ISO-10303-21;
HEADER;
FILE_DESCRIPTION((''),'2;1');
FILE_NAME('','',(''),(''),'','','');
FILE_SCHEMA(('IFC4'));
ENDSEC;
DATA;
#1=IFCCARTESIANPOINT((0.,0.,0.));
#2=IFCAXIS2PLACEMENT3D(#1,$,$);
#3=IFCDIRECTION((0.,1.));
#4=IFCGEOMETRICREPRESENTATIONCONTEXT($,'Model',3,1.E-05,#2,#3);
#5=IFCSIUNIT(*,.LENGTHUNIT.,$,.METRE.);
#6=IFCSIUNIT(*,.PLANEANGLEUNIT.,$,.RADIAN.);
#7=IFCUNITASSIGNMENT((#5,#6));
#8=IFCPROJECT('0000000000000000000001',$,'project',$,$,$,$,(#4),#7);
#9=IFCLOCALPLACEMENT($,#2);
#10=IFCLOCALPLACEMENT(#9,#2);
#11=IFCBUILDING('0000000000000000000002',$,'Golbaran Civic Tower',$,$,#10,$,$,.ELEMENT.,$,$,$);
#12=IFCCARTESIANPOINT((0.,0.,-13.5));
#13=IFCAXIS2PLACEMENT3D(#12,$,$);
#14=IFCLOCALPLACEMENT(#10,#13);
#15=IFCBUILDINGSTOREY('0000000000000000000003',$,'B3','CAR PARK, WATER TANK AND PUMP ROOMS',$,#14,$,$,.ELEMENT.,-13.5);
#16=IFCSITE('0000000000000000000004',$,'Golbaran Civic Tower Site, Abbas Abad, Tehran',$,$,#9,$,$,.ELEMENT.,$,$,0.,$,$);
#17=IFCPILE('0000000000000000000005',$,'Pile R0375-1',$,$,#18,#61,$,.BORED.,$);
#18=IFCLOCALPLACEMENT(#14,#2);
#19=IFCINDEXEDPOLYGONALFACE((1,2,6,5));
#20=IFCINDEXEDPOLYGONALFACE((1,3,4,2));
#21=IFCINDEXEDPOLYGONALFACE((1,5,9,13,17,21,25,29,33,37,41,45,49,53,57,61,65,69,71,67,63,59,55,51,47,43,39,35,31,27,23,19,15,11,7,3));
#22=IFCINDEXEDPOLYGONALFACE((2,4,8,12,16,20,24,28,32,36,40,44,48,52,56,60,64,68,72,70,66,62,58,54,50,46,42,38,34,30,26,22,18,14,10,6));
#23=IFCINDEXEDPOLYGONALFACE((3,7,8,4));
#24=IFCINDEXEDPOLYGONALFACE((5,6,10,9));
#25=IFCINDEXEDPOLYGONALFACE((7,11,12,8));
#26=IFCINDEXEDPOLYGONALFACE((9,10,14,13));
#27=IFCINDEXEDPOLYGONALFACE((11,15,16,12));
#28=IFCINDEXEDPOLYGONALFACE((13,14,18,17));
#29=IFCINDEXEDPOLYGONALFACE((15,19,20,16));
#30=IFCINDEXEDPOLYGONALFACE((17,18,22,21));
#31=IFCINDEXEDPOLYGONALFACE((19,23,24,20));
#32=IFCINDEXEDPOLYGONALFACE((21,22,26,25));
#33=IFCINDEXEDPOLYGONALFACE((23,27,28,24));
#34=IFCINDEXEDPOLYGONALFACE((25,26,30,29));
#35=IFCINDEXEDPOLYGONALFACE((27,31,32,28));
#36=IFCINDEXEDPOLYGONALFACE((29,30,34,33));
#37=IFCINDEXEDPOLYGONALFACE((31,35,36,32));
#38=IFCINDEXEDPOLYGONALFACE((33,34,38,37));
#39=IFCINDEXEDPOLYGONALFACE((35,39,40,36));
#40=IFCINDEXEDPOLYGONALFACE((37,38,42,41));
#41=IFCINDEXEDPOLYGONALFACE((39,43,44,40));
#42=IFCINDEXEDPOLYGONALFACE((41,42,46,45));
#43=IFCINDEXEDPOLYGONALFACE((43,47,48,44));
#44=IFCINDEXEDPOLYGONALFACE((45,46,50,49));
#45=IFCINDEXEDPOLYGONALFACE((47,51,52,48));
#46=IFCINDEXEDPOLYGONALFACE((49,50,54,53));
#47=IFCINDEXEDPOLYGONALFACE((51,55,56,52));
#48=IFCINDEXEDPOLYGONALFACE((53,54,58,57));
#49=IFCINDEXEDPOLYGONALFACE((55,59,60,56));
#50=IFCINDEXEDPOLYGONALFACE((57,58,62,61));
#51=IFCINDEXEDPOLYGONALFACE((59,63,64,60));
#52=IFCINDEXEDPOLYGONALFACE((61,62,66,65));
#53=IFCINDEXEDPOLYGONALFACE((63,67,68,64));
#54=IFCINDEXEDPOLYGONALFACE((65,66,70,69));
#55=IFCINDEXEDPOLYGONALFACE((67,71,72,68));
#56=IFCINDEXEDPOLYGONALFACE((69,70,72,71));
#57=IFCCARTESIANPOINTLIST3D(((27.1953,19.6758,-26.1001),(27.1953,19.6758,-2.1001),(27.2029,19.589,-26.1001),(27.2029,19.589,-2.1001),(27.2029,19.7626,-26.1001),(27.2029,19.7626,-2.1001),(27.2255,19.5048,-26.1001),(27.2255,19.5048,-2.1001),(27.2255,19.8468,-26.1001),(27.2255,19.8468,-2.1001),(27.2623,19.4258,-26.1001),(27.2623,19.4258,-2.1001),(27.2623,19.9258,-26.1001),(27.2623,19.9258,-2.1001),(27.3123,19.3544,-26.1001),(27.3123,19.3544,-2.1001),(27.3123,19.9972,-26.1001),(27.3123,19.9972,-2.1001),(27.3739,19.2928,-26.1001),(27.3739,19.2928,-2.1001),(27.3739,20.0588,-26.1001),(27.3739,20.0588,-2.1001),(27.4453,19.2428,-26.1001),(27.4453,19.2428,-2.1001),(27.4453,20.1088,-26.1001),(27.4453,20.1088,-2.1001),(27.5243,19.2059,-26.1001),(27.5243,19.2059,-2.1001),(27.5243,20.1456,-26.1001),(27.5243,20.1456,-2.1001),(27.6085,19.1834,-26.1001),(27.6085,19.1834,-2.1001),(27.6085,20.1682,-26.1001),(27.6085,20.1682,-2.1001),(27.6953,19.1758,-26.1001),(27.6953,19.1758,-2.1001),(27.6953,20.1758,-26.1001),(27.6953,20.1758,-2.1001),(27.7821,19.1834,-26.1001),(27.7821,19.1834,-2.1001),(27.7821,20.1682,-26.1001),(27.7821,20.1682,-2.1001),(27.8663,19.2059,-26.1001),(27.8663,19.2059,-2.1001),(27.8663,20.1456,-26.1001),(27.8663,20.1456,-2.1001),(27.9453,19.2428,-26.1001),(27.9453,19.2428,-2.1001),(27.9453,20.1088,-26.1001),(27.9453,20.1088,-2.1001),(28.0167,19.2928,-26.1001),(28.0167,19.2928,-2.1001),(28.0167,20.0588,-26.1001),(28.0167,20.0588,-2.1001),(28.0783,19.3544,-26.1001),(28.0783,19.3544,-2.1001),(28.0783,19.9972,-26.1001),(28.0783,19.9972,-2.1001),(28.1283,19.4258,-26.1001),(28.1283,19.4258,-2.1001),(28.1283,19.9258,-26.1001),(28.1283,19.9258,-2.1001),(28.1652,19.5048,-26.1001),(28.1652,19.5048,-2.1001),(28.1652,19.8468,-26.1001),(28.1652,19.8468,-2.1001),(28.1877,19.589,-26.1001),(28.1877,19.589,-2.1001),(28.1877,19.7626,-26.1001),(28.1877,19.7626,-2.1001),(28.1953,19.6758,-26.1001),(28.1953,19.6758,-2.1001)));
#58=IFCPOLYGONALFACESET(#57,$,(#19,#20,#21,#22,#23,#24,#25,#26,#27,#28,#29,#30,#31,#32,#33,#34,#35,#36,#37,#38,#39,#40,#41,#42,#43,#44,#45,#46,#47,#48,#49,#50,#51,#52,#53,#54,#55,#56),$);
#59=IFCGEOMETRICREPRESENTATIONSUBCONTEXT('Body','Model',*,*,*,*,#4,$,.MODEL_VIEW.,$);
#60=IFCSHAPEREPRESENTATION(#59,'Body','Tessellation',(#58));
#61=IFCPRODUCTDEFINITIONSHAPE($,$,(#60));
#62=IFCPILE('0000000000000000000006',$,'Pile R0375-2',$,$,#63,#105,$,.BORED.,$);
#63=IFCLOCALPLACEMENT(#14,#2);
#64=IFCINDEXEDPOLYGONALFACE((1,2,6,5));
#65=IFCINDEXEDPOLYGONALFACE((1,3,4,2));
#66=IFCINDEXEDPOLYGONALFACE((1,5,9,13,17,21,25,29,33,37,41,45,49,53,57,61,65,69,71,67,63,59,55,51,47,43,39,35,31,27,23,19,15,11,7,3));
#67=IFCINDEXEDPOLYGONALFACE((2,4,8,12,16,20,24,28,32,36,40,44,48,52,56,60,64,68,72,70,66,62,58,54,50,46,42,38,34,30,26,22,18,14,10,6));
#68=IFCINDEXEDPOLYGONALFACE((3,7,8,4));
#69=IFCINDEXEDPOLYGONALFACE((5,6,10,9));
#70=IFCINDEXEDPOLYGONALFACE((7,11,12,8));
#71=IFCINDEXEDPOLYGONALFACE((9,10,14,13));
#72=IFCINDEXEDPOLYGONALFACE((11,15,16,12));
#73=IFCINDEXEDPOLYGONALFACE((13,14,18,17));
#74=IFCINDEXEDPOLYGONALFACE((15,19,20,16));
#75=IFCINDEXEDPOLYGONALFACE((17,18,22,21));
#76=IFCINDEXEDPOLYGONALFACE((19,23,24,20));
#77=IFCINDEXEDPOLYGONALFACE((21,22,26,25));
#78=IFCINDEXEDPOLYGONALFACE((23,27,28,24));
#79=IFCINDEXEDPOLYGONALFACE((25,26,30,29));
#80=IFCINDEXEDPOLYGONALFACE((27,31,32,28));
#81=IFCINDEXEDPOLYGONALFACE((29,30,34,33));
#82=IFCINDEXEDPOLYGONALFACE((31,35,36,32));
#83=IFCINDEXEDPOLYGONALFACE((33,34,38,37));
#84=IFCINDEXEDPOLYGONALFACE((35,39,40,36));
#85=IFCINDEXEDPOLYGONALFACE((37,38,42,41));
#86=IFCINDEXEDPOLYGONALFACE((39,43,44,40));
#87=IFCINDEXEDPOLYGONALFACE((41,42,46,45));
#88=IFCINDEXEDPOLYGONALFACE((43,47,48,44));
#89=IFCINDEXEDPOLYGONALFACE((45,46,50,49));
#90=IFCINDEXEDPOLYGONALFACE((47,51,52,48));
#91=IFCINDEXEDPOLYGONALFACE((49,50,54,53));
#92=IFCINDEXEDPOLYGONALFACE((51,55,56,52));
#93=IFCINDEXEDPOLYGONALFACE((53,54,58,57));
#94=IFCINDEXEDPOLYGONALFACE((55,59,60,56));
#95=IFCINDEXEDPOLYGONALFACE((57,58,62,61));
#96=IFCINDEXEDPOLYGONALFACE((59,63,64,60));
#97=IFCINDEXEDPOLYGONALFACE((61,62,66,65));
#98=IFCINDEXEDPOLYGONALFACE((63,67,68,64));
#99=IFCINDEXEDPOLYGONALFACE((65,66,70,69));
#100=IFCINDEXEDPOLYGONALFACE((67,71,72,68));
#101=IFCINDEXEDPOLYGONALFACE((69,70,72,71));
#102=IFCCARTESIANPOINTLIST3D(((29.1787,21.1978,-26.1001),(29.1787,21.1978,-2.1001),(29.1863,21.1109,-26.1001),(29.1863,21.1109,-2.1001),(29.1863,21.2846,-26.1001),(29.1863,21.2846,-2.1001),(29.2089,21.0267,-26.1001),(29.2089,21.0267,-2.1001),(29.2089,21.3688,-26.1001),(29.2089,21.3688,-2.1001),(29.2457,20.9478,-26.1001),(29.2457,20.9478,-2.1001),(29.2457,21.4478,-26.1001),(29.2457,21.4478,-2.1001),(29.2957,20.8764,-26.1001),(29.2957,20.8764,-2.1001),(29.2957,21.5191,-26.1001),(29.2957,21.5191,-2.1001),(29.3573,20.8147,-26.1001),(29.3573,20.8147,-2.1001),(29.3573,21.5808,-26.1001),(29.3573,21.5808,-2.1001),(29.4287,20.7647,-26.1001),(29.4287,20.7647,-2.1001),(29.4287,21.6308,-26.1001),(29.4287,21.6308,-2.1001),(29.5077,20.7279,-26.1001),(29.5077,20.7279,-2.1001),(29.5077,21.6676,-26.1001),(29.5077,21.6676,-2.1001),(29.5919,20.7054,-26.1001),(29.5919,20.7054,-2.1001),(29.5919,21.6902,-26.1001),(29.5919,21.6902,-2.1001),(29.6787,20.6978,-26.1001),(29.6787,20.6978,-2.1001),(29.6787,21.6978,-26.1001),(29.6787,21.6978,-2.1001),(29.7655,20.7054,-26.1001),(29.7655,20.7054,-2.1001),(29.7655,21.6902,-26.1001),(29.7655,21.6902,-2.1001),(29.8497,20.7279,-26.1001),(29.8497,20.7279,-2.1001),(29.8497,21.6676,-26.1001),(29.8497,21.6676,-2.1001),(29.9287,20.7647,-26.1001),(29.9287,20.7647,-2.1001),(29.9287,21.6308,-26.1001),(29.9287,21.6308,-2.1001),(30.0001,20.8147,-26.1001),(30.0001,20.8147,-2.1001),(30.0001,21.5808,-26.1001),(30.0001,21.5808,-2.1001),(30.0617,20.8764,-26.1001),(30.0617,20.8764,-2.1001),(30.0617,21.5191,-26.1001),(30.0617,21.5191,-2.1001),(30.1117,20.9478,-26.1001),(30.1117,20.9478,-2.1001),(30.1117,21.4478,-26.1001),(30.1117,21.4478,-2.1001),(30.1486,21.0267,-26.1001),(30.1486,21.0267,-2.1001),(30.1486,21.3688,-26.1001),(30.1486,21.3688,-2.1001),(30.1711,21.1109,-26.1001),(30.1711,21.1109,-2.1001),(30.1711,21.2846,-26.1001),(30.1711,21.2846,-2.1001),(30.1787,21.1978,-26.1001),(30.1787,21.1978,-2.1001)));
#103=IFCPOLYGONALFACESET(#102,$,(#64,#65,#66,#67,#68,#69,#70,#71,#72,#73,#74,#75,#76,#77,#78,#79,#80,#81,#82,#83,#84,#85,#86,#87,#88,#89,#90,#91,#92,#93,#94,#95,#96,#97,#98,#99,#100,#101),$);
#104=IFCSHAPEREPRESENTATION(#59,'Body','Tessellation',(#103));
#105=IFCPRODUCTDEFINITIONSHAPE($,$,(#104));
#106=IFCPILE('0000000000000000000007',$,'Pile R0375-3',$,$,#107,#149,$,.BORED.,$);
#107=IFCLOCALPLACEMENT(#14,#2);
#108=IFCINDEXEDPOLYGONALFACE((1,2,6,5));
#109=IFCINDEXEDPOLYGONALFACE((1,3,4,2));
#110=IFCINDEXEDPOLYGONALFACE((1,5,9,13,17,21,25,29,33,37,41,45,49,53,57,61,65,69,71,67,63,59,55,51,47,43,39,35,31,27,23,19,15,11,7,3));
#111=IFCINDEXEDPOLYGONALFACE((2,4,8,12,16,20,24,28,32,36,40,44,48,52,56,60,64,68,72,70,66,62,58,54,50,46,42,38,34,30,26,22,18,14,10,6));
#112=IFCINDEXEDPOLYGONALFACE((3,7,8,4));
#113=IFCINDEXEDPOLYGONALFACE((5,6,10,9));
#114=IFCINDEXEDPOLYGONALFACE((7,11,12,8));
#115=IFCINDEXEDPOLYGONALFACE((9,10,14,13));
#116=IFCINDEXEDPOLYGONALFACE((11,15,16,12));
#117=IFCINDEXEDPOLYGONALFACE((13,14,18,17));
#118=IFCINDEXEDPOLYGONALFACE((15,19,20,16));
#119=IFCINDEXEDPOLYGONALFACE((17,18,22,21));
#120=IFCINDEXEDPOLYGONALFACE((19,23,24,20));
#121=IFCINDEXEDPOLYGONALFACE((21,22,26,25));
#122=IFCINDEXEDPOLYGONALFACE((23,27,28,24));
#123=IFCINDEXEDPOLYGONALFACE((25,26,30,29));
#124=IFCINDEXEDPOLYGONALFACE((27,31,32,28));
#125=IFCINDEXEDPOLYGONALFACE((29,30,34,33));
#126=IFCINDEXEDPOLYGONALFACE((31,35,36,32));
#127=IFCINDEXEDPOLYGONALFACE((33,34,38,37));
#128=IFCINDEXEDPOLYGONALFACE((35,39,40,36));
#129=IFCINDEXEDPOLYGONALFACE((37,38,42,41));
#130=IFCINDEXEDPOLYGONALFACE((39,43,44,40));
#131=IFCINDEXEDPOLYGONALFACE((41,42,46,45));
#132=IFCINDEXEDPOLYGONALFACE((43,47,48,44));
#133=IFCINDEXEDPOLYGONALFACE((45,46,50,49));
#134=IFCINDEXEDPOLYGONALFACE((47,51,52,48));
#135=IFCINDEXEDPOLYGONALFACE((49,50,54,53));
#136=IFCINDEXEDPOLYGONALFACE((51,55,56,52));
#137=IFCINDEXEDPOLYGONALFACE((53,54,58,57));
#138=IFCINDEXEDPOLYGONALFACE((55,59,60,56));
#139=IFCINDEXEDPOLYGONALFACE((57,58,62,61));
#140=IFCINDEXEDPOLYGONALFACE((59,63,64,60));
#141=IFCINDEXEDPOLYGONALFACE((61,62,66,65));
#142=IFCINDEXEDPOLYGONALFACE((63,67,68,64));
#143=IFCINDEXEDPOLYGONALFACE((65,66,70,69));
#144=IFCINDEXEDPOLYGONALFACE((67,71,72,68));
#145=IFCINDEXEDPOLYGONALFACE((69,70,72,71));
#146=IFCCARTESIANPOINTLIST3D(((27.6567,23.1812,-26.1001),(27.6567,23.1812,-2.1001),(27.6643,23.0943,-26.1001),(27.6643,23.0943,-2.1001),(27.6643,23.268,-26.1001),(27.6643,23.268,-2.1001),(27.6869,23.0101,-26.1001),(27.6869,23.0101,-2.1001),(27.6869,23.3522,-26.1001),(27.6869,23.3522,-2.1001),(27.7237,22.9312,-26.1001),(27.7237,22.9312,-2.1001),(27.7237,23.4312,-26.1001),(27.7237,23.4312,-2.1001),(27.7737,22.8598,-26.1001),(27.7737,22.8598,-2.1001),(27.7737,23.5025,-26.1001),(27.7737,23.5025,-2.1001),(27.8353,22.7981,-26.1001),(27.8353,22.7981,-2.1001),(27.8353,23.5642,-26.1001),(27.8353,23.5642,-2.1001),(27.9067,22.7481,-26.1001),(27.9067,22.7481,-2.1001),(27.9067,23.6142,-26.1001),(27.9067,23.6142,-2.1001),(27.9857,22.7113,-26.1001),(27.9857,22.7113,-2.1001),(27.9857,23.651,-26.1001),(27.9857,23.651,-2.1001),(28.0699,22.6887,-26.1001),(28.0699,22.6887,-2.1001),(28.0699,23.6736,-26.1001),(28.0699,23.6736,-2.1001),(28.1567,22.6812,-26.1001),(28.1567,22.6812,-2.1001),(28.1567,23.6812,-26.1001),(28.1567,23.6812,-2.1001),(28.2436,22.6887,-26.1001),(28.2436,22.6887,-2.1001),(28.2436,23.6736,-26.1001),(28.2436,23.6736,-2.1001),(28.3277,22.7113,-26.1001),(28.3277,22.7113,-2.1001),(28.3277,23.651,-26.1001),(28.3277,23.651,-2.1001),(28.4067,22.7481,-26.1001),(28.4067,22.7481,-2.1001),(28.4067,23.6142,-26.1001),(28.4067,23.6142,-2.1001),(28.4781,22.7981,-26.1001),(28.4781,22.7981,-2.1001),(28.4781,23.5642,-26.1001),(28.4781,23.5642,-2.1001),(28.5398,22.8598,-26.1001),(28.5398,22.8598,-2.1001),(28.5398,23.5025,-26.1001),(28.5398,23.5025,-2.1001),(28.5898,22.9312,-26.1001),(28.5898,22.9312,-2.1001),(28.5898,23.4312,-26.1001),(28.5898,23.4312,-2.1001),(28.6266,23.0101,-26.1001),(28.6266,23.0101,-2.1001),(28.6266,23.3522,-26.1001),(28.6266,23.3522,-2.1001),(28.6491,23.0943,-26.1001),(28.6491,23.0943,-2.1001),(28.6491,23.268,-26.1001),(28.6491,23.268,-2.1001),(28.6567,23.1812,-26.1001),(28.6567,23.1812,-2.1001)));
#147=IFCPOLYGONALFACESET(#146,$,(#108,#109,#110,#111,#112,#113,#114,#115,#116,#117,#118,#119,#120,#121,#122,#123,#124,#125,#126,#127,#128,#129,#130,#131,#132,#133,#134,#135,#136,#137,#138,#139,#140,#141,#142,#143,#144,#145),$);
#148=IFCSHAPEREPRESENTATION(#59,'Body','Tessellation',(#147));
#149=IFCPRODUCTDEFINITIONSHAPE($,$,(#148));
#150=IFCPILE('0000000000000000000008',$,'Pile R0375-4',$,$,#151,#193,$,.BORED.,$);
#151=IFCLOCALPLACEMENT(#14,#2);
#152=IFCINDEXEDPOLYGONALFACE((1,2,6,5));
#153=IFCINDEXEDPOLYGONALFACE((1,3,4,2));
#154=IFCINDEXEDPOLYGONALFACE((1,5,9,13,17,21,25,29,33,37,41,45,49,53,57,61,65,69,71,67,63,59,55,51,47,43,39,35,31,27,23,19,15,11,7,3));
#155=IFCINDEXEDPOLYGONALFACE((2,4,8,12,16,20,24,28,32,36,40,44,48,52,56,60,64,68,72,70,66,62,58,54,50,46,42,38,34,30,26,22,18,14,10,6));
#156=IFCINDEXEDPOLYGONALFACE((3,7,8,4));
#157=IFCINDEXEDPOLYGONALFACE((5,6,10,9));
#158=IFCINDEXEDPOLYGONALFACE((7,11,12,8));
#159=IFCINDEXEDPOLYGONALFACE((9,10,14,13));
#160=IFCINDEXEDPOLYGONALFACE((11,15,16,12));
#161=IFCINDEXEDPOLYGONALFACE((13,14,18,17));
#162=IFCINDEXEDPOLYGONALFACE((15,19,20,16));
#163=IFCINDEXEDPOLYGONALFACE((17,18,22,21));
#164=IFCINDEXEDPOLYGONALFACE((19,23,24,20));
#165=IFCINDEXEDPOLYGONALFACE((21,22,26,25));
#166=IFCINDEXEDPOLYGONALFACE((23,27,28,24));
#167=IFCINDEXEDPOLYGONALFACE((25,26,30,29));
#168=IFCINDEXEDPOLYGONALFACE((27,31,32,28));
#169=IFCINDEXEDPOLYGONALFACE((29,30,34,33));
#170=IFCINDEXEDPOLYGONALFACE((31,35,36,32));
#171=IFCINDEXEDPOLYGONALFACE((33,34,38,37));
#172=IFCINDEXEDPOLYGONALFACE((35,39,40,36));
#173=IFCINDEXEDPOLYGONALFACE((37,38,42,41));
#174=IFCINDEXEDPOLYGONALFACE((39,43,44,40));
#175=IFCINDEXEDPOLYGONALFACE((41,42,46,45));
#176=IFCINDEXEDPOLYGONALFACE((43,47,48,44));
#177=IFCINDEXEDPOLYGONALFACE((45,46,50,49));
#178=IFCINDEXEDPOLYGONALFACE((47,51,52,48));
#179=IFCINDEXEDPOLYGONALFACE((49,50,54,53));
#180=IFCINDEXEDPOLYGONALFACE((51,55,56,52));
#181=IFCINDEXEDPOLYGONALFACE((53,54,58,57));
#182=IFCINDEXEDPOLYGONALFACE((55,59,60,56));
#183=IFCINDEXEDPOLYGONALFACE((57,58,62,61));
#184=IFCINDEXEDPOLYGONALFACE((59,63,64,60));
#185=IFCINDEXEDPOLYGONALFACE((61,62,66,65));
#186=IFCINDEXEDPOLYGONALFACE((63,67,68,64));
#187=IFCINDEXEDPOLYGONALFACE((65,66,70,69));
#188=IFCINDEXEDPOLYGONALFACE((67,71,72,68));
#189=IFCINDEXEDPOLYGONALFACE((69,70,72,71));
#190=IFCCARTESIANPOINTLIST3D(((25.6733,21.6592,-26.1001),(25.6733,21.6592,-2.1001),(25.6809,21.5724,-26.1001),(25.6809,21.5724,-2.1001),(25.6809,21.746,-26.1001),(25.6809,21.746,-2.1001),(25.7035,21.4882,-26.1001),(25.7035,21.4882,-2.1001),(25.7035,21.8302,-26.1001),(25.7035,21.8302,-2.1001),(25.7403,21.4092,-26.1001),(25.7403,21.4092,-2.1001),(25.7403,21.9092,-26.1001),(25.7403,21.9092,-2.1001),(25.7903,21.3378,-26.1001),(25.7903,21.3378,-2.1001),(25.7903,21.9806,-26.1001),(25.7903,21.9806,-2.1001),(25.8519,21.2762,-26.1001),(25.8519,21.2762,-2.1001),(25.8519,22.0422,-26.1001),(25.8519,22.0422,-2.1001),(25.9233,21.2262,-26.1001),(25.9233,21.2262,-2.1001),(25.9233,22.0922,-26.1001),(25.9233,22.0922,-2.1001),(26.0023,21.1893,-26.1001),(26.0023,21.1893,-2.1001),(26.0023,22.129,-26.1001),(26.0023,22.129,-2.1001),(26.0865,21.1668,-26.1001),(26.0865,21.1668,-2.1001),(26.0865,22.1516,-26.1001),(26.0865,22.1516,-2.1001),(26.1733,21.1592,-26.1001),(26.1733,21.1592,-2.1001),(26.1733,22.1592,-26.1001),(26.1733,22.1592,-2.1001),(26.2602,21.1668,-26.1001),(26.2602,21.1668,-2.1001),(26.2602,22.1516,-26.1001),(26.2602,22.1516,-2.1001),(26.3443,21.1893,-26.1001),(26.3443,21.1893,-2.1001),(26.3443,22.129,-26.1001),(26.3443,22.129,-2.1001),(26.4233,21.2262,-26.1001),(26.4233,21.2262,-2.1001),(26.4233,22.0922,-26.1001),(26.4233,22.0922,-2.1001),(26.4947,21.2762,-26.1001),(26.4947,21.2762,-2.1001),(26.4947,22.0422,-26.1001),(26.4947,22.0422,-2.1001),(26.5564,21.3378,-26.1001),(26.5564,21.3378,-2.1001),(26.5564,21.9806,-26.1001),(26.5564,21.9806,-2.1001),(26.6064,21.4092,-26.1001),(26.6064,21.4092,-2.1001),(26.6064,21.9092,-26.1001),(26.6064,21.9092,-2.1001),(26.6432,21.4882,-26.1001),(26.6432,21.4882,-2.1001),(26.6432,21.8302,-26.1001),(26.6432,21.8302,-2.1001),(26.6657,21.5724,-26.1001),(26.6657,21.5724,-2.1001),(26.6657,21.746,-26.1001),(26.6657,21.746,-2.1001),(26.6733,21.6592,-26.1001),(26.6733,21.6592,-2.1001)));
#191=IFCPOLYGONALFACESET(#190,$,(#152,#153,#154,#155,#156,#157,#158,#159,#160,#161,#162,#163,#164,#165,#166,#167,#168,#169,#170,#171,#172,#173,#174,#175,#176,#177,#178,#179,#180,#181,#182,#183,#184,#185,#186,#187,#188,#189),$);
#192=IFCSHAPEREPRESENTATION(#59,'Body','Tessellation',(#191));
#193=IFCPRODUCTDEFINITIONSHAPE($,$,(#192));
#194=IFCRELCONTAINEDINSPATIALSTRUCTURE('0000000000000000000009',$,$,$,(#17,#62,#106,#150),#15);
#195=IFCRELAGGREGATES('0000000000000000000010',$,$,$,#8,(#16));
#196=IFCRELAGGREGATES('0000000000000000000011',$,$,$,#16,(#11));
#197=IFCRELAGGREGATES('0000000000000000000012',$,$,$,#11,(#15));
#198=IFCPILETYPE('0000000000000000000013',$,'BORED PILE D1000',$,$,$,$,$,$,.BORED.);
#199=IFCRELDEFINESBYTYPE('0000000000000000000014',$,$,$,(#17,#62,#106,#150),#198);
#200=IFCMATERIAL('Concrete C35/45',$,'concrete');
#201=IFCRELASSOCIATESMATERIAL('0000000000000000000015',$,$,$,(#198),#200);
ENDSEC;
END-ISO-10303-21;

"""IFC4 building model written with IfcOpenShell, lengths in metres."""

from ifc_helpers import new_model, si_unit, direction, frame, origin, origin_2d, place, context, subcontext, project, spatial, circle, extrude, material, material_profile, profile_set, type_object, element, save


model = new_model("IFC4")

# Units and contexts
model_context = context("Model", 3, precision=1e-05, world=origin(), true_north=direction((0.0, 1.0)))
body_context = subcontext(model_context, "Body", "Model", "MODEL_VIEW")
ifc_project = project(units=[si_unit("LENGTHUNIT", "METRE"), si_unit("PLANEANGLEUNIT", "RADIAN")], contexts=[model_context])

# Site, building, storey
site_placement = place(None, origin())
site = spatial("IfcSite", under=ifc_project, at=site_placement, Name="Golbaran Civic Tower Site, Abbas Abad, Tehran", CompositionType="ELEMENT", RefElevation=0.0)
building_placement = place(site_placement, origin())
building = spatial("IfcBuilding", under=site, at=building_placement, Name="Golbaran Civic Tower", CompositionType="ELEMENT")
storey_placement = place(building_placement, frame((0.0, 0.0, -13.5)))
storey = spatial("IfcBuildingStorey", under=building, at=storey_placement, Name="B3", Description="CAR PARK, WATER TANK AND PUMP ROOMS", CompositionType="ELEMENT", Elevation=-13.5)

# Piles
ifc_material_1 = material(Name="Concrete C35/45", Category="concrete")
ifc_material_profile_1 = material_profile(ifc_material_1, circle(Radius=0.5, at=origin_2d()), Name="BORED PILE D1000")
ifc_profile_set_1 = profile_set([ifc_material_profile_1], Name="Concrete C35/45")
pile_type_1 = type_object("IfcPileType", Name="BORED PILE D1000", PredefinedType="BORED", material=ifc_profile_set_1)
for number, where, z_axis, x_axis, name in (
    (1, (27.6953, 19.6758, -2.1001), (0.0, 0.0, -1.0), (1.0, 0.0, 0.0), "Pile R0375-1"),
    (2, (29.6787, 21.1978, -2.1001), (0.0, 0.0, -1.0), (1.0, 0.0, 0.0), "Pile R0375-2"),
    (3, (28.1567, 23.1812, -2.1001), (0.0, 0.0, -1.0), (1.0, 0.0, 0.0), "Pile R0375-3"),
    (4, (26.1733, 21.6592, -2.1001), (0.0, 0.0, -1.0), (1.0, 0.0, 0.0), "Pile R0375-4"),
):
    element("IfcPile", number, at=place(storey_placement, frame(where, z_axis=z_axis, x_axis=x_axis)), inside=storey, type_object=pile_type_1, Name=name, PredefinedType="BORED", context=body_context, shape_type="SweptSolid", body=[
        extrude(circle(Radius=0.5, at=origin_2d()), origin(), (0.0, 0.0, 1.0), 24.0),
    ])

save(model, "model.ifc")
